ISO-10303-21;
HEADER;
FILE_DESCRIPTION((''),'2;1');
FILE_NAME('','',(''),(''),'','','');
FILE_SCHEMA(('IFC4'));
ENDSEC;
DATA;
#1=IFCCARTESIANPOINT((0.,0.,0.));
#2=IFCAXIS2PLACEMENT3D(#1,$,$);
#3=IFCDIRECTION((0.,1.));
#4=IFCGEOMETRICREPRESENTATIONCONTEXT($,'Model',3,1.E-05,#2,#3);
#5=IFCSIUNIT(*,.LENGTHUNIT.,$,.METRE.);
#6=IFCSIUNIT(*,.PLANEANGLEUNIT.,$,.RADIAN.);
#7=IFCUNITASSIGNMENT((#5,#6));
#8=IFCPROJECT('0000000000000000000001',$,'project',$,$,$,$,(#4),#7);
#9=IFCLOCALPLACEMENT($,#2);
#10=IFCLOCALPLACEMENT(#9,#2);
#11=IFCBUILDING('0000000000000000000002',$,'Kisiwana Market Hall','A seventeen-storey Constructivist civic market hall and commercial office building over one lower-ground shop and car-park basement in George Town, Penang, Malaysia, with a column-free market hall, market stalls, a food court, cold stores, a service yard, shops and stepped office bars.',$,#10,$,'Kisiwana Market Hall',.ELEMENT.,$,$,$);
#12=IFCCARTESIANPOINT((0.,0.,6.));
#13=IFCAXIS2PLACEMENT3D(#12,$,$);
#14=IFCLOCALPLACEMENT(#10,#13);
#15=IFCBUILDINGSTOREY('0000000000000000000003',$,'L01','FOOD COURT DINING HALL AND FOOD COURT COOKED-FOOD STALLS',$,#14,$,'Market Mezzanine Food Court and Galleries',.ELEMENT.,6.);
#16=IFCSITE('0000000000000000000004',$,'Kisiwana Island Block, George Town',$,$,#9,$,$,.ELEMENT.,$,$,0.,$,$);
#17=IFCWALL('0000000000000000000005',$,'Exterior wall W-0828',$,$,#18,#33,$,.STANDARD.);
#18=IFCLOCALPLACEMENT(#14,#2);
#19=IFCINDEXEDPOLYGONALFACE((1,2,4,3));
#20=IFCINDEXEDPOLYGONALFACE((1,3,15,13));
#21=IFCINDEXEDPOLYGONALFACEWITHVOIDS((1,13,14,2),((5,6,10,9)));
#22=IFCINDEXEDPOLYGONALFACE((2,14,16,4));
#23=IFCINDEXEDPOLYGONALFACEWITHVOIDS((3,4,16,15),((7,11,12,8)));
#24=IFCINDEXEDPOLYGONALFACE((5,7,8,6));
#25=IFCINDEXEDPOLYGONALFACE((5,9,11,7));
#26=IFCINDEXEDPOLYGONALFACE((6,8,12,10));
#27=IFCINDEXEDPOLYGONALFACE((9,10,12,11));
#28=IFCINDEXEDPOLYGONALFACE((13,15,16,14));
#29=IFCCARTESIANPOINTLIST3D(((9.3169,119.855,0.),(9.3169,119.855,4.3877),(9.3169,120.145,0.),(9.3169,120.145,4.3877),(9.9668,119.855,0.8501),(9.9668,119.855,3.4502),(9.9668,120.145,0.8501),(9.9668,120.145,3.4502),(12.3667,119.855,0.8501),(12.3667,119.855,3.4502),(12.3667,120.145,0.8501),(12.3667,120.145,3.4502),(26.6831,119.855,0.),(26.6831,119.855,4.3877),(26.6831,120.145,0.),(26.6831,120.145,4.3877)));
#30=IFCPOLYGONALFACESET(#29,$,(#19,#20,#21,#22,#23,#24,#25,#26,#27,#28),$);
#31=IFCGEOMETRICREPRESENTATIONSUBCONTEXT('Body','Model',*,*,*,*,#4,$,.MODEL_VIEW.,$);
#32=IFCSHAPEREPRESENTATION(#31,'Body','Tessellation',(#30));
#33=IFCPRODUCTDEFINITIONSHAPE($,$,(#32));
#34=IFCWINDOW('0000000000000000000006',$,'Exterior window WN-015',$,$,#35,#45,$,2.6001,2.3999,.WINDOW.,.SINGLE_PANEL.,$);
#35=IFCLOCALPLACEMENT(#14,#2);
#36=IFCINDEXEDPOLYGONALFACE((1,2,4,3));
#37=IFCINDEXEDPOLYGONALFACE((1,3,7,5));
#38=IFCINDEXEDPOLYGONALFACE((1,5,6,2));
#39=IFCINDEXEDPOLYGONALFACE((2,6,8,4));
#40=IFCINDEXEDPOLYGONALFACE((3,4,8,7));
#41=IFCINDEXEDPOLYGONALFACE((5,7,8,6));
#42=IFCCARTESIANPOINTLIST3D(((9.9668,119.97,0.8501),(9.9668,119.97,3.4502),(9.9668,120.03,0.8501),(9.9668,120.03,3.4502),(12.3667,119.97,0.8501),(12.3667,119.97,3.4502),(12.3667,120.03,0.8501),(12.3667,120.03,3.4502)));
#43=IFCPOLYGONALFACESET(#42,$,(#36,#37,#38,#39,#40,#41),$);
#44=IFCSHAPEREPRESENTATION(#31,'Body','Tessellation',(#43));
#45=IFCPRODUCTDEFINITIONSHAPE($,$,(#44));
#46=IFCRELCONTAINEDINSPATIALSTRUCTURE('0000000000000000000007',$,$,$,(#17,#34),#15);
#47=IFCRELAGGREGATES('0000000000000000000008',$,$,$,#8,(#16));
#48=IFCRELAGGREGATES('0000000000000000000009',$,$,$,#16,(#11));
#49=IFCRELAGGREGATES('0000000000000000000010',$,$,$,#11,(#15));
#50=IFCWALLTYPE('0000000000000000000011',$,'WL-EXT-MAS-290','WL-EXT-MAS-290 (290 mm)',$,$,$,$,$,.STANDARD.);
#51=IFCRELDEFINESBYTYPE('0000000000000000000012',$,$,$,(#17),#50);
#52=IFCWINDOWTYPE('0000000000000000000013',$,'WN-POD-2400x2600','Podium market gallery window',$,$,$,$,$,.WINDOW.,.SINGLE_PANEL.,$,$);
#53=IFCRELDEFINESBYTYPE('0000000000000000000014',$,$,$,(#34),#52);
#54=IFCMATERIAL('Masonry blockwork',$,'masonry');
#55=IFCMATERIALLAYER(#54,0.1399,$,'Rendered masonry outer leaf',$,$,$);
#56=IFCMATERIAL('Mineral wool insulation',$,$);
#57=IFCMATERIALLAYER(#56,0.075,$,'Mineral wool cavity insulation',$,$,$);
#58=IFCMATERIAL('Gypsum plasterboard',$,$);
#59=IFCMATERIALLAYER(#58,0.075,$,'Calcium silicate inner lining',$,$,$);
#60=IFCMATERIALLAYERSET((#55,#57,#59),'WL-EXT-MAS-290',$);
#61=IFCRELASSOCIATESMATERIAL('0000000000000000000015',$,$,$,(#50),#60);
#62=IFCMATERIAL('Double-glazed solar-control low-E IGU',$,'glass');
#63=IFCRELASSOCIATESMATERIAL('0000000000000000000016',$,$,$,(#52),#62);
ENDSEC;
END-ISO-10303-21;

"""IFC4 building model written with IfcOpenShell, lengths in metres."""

from ifc_helpers import new_model, si_unit, direction, frame, frame_2d, origin, place, context, subcontext, project, spatial, rectangle, extrude, material, layer, layer_set, type_object, element, fill, save


model = new_model("IFC4")

# Units and contexts
model_context = context("Model", 3, precision=1e-05, world=origin(), true_north=direction((0.0, 1.0)))
body_context = subcontext(model_context, "Body", "Model", "MODEL_VIEW")
ifc_project = project(units=[si_unit("LENGTHUNIT", "METRE"), si_unit("PLANEANGLEUNIT", "RADIAN")], contexts=[model_context])

# Site, building, storey
site_placement = place(None, origin())
site = spatial("IfcSite", under=ifc_project, at=site_placement, Name="Kisiwana Island Block, George Town", CompositionType="ELEMENT", RefElevation=0.0)
building_placement = place(site_placement, origin())
building = spatial("IfcBuilding", under=site, at=building_placement, Name="Kisiwana Market Hall", Description="A seventeen-storey Constructivist civic market hall and commercial office building over one lower-ground shop and car-park basement in George Town, Penang, Malaysia, with a column-free market hall, market stalls, a food court, cold stores, a service yard, shops and stepped office bars.", LongName="Kisiwana Market Hall", CompositionType="ELEMENT")
storey_placement = place(building_placement, frame((0.0, 0.0, 6.0)))
storey = spatial("IfcBuildingStorey", under=building, at=storey_placement, Name="L01", Description="FOOD COURT DINING HALL AND FOOD COURT COOKED-FOOD STALLS", LongName="Market Mezzanine Food Court and Galleries", CompositionType="ELEMENT", Elevation=6.0)

# Wall, opening, window
ifc_material_1 = material(Name="Masonry blockwork", Category="masonry")
ifc_layer_1 = layer(ifc_material_1, 0.1399, Name="Rendered masonry outer leaf")
ifc_material_2 = material(Name="Mineral wool insulation")
ifc_layer_2 = layer(ifc_material_2, 0.075, Name="Mineral wool cavity insulation")
ifc_material_3 = material(Name="Gypsum plasterboard")
ifc_layer_3 = layer(ifc_material_3, 0.075, Name="Calcium silicate inner lining")
ifc_layer_set_1 = layer_set([ifc_layer_1, ifc_layer_2, ifc_layer_3], Name="WL-EXT-MAS-290")
wall_type = type_object("IfcWallType", Name="WL-EXT-MAS-290", Description="WL-EXT-MAS-290 (290 mm)", PredefinedType="STANDARD", material=ifc_layer_set_1)
wall_placement = place(storey_placement, frame((9.3169, 120.0, 0.0), z_axis=(0.0, 0.0, 1.0), x_axis=(1.0, 0.0, 0.0)))
wall = element("IfcWall", 1, at=wall_placement, inside=storey, type_object=wall_type, Name="Exterior wall W-0828", PredefinedType="STANDARD", context=body_context, shape_type="SweptSolid", body=[
    extrude(rectangle(XDim=17.3662, YDim=0.29, at=frame_2d((8.6831, 0.0))), origin(), (0.0, 0.0, 1.0), 4.3877),
])
opening_placement = place(wall_placement, frame((0.6499, 0.0, 0.8501)))
opening = element("IfcOpeningElement", 2, at=opening_placement, cuts=wall, PredefinedType="OPENING", context=body_context, shape_type="SweptSolid", body=[
    extrude(rectangle(XDim=2.3999, YDim=2.6001, at=frame_2d((1.2, 1.3))), frame((0.0, 0.157, 0.0), z_axis=(0.0, -1.0, 0.0), x_axis=(1.0, 0.0, 0.0)), (0.0, 0.0, 1.0), 0.314),
])
ifc_material_4 = material(Name="Double-glazed solar-control low-E IGU", Category="glass")
window_type = type_object("IfcWindowType", Name="WN-POD-2400x2600", Description="Podium market gallery window", PartitioningType="SINGLE_PANEL", PredefinedType="WINDOW", material=ifc_material_4)
window_placement = place(opening_placement, origin())
window = element("IfcWindow", 3, at=window_placement, inside=storey, type_object=window_type, Name="Exterior window WN-015", OverallHeight=2.6001, OverallWidth=2.3999, PartitioningType="SINGLE_PANEL", PredefinedType="WINDOW", context=body_context, shape_type="SweptSolid", body=[
    extrude(rectangle(XDim=2.3999, YDim=2.6001, at=frame_2d((1.2, 1.3))), frame((0.0, 0.03, 0.0), z_axis=(0.0, -1.0, 0.0), x_axis=(1.0, 0.0, 0.0)), (0.0, 0.0, 1.0), 0.0601),
])
fill(opening, window)

save(model, "model.ifc")
